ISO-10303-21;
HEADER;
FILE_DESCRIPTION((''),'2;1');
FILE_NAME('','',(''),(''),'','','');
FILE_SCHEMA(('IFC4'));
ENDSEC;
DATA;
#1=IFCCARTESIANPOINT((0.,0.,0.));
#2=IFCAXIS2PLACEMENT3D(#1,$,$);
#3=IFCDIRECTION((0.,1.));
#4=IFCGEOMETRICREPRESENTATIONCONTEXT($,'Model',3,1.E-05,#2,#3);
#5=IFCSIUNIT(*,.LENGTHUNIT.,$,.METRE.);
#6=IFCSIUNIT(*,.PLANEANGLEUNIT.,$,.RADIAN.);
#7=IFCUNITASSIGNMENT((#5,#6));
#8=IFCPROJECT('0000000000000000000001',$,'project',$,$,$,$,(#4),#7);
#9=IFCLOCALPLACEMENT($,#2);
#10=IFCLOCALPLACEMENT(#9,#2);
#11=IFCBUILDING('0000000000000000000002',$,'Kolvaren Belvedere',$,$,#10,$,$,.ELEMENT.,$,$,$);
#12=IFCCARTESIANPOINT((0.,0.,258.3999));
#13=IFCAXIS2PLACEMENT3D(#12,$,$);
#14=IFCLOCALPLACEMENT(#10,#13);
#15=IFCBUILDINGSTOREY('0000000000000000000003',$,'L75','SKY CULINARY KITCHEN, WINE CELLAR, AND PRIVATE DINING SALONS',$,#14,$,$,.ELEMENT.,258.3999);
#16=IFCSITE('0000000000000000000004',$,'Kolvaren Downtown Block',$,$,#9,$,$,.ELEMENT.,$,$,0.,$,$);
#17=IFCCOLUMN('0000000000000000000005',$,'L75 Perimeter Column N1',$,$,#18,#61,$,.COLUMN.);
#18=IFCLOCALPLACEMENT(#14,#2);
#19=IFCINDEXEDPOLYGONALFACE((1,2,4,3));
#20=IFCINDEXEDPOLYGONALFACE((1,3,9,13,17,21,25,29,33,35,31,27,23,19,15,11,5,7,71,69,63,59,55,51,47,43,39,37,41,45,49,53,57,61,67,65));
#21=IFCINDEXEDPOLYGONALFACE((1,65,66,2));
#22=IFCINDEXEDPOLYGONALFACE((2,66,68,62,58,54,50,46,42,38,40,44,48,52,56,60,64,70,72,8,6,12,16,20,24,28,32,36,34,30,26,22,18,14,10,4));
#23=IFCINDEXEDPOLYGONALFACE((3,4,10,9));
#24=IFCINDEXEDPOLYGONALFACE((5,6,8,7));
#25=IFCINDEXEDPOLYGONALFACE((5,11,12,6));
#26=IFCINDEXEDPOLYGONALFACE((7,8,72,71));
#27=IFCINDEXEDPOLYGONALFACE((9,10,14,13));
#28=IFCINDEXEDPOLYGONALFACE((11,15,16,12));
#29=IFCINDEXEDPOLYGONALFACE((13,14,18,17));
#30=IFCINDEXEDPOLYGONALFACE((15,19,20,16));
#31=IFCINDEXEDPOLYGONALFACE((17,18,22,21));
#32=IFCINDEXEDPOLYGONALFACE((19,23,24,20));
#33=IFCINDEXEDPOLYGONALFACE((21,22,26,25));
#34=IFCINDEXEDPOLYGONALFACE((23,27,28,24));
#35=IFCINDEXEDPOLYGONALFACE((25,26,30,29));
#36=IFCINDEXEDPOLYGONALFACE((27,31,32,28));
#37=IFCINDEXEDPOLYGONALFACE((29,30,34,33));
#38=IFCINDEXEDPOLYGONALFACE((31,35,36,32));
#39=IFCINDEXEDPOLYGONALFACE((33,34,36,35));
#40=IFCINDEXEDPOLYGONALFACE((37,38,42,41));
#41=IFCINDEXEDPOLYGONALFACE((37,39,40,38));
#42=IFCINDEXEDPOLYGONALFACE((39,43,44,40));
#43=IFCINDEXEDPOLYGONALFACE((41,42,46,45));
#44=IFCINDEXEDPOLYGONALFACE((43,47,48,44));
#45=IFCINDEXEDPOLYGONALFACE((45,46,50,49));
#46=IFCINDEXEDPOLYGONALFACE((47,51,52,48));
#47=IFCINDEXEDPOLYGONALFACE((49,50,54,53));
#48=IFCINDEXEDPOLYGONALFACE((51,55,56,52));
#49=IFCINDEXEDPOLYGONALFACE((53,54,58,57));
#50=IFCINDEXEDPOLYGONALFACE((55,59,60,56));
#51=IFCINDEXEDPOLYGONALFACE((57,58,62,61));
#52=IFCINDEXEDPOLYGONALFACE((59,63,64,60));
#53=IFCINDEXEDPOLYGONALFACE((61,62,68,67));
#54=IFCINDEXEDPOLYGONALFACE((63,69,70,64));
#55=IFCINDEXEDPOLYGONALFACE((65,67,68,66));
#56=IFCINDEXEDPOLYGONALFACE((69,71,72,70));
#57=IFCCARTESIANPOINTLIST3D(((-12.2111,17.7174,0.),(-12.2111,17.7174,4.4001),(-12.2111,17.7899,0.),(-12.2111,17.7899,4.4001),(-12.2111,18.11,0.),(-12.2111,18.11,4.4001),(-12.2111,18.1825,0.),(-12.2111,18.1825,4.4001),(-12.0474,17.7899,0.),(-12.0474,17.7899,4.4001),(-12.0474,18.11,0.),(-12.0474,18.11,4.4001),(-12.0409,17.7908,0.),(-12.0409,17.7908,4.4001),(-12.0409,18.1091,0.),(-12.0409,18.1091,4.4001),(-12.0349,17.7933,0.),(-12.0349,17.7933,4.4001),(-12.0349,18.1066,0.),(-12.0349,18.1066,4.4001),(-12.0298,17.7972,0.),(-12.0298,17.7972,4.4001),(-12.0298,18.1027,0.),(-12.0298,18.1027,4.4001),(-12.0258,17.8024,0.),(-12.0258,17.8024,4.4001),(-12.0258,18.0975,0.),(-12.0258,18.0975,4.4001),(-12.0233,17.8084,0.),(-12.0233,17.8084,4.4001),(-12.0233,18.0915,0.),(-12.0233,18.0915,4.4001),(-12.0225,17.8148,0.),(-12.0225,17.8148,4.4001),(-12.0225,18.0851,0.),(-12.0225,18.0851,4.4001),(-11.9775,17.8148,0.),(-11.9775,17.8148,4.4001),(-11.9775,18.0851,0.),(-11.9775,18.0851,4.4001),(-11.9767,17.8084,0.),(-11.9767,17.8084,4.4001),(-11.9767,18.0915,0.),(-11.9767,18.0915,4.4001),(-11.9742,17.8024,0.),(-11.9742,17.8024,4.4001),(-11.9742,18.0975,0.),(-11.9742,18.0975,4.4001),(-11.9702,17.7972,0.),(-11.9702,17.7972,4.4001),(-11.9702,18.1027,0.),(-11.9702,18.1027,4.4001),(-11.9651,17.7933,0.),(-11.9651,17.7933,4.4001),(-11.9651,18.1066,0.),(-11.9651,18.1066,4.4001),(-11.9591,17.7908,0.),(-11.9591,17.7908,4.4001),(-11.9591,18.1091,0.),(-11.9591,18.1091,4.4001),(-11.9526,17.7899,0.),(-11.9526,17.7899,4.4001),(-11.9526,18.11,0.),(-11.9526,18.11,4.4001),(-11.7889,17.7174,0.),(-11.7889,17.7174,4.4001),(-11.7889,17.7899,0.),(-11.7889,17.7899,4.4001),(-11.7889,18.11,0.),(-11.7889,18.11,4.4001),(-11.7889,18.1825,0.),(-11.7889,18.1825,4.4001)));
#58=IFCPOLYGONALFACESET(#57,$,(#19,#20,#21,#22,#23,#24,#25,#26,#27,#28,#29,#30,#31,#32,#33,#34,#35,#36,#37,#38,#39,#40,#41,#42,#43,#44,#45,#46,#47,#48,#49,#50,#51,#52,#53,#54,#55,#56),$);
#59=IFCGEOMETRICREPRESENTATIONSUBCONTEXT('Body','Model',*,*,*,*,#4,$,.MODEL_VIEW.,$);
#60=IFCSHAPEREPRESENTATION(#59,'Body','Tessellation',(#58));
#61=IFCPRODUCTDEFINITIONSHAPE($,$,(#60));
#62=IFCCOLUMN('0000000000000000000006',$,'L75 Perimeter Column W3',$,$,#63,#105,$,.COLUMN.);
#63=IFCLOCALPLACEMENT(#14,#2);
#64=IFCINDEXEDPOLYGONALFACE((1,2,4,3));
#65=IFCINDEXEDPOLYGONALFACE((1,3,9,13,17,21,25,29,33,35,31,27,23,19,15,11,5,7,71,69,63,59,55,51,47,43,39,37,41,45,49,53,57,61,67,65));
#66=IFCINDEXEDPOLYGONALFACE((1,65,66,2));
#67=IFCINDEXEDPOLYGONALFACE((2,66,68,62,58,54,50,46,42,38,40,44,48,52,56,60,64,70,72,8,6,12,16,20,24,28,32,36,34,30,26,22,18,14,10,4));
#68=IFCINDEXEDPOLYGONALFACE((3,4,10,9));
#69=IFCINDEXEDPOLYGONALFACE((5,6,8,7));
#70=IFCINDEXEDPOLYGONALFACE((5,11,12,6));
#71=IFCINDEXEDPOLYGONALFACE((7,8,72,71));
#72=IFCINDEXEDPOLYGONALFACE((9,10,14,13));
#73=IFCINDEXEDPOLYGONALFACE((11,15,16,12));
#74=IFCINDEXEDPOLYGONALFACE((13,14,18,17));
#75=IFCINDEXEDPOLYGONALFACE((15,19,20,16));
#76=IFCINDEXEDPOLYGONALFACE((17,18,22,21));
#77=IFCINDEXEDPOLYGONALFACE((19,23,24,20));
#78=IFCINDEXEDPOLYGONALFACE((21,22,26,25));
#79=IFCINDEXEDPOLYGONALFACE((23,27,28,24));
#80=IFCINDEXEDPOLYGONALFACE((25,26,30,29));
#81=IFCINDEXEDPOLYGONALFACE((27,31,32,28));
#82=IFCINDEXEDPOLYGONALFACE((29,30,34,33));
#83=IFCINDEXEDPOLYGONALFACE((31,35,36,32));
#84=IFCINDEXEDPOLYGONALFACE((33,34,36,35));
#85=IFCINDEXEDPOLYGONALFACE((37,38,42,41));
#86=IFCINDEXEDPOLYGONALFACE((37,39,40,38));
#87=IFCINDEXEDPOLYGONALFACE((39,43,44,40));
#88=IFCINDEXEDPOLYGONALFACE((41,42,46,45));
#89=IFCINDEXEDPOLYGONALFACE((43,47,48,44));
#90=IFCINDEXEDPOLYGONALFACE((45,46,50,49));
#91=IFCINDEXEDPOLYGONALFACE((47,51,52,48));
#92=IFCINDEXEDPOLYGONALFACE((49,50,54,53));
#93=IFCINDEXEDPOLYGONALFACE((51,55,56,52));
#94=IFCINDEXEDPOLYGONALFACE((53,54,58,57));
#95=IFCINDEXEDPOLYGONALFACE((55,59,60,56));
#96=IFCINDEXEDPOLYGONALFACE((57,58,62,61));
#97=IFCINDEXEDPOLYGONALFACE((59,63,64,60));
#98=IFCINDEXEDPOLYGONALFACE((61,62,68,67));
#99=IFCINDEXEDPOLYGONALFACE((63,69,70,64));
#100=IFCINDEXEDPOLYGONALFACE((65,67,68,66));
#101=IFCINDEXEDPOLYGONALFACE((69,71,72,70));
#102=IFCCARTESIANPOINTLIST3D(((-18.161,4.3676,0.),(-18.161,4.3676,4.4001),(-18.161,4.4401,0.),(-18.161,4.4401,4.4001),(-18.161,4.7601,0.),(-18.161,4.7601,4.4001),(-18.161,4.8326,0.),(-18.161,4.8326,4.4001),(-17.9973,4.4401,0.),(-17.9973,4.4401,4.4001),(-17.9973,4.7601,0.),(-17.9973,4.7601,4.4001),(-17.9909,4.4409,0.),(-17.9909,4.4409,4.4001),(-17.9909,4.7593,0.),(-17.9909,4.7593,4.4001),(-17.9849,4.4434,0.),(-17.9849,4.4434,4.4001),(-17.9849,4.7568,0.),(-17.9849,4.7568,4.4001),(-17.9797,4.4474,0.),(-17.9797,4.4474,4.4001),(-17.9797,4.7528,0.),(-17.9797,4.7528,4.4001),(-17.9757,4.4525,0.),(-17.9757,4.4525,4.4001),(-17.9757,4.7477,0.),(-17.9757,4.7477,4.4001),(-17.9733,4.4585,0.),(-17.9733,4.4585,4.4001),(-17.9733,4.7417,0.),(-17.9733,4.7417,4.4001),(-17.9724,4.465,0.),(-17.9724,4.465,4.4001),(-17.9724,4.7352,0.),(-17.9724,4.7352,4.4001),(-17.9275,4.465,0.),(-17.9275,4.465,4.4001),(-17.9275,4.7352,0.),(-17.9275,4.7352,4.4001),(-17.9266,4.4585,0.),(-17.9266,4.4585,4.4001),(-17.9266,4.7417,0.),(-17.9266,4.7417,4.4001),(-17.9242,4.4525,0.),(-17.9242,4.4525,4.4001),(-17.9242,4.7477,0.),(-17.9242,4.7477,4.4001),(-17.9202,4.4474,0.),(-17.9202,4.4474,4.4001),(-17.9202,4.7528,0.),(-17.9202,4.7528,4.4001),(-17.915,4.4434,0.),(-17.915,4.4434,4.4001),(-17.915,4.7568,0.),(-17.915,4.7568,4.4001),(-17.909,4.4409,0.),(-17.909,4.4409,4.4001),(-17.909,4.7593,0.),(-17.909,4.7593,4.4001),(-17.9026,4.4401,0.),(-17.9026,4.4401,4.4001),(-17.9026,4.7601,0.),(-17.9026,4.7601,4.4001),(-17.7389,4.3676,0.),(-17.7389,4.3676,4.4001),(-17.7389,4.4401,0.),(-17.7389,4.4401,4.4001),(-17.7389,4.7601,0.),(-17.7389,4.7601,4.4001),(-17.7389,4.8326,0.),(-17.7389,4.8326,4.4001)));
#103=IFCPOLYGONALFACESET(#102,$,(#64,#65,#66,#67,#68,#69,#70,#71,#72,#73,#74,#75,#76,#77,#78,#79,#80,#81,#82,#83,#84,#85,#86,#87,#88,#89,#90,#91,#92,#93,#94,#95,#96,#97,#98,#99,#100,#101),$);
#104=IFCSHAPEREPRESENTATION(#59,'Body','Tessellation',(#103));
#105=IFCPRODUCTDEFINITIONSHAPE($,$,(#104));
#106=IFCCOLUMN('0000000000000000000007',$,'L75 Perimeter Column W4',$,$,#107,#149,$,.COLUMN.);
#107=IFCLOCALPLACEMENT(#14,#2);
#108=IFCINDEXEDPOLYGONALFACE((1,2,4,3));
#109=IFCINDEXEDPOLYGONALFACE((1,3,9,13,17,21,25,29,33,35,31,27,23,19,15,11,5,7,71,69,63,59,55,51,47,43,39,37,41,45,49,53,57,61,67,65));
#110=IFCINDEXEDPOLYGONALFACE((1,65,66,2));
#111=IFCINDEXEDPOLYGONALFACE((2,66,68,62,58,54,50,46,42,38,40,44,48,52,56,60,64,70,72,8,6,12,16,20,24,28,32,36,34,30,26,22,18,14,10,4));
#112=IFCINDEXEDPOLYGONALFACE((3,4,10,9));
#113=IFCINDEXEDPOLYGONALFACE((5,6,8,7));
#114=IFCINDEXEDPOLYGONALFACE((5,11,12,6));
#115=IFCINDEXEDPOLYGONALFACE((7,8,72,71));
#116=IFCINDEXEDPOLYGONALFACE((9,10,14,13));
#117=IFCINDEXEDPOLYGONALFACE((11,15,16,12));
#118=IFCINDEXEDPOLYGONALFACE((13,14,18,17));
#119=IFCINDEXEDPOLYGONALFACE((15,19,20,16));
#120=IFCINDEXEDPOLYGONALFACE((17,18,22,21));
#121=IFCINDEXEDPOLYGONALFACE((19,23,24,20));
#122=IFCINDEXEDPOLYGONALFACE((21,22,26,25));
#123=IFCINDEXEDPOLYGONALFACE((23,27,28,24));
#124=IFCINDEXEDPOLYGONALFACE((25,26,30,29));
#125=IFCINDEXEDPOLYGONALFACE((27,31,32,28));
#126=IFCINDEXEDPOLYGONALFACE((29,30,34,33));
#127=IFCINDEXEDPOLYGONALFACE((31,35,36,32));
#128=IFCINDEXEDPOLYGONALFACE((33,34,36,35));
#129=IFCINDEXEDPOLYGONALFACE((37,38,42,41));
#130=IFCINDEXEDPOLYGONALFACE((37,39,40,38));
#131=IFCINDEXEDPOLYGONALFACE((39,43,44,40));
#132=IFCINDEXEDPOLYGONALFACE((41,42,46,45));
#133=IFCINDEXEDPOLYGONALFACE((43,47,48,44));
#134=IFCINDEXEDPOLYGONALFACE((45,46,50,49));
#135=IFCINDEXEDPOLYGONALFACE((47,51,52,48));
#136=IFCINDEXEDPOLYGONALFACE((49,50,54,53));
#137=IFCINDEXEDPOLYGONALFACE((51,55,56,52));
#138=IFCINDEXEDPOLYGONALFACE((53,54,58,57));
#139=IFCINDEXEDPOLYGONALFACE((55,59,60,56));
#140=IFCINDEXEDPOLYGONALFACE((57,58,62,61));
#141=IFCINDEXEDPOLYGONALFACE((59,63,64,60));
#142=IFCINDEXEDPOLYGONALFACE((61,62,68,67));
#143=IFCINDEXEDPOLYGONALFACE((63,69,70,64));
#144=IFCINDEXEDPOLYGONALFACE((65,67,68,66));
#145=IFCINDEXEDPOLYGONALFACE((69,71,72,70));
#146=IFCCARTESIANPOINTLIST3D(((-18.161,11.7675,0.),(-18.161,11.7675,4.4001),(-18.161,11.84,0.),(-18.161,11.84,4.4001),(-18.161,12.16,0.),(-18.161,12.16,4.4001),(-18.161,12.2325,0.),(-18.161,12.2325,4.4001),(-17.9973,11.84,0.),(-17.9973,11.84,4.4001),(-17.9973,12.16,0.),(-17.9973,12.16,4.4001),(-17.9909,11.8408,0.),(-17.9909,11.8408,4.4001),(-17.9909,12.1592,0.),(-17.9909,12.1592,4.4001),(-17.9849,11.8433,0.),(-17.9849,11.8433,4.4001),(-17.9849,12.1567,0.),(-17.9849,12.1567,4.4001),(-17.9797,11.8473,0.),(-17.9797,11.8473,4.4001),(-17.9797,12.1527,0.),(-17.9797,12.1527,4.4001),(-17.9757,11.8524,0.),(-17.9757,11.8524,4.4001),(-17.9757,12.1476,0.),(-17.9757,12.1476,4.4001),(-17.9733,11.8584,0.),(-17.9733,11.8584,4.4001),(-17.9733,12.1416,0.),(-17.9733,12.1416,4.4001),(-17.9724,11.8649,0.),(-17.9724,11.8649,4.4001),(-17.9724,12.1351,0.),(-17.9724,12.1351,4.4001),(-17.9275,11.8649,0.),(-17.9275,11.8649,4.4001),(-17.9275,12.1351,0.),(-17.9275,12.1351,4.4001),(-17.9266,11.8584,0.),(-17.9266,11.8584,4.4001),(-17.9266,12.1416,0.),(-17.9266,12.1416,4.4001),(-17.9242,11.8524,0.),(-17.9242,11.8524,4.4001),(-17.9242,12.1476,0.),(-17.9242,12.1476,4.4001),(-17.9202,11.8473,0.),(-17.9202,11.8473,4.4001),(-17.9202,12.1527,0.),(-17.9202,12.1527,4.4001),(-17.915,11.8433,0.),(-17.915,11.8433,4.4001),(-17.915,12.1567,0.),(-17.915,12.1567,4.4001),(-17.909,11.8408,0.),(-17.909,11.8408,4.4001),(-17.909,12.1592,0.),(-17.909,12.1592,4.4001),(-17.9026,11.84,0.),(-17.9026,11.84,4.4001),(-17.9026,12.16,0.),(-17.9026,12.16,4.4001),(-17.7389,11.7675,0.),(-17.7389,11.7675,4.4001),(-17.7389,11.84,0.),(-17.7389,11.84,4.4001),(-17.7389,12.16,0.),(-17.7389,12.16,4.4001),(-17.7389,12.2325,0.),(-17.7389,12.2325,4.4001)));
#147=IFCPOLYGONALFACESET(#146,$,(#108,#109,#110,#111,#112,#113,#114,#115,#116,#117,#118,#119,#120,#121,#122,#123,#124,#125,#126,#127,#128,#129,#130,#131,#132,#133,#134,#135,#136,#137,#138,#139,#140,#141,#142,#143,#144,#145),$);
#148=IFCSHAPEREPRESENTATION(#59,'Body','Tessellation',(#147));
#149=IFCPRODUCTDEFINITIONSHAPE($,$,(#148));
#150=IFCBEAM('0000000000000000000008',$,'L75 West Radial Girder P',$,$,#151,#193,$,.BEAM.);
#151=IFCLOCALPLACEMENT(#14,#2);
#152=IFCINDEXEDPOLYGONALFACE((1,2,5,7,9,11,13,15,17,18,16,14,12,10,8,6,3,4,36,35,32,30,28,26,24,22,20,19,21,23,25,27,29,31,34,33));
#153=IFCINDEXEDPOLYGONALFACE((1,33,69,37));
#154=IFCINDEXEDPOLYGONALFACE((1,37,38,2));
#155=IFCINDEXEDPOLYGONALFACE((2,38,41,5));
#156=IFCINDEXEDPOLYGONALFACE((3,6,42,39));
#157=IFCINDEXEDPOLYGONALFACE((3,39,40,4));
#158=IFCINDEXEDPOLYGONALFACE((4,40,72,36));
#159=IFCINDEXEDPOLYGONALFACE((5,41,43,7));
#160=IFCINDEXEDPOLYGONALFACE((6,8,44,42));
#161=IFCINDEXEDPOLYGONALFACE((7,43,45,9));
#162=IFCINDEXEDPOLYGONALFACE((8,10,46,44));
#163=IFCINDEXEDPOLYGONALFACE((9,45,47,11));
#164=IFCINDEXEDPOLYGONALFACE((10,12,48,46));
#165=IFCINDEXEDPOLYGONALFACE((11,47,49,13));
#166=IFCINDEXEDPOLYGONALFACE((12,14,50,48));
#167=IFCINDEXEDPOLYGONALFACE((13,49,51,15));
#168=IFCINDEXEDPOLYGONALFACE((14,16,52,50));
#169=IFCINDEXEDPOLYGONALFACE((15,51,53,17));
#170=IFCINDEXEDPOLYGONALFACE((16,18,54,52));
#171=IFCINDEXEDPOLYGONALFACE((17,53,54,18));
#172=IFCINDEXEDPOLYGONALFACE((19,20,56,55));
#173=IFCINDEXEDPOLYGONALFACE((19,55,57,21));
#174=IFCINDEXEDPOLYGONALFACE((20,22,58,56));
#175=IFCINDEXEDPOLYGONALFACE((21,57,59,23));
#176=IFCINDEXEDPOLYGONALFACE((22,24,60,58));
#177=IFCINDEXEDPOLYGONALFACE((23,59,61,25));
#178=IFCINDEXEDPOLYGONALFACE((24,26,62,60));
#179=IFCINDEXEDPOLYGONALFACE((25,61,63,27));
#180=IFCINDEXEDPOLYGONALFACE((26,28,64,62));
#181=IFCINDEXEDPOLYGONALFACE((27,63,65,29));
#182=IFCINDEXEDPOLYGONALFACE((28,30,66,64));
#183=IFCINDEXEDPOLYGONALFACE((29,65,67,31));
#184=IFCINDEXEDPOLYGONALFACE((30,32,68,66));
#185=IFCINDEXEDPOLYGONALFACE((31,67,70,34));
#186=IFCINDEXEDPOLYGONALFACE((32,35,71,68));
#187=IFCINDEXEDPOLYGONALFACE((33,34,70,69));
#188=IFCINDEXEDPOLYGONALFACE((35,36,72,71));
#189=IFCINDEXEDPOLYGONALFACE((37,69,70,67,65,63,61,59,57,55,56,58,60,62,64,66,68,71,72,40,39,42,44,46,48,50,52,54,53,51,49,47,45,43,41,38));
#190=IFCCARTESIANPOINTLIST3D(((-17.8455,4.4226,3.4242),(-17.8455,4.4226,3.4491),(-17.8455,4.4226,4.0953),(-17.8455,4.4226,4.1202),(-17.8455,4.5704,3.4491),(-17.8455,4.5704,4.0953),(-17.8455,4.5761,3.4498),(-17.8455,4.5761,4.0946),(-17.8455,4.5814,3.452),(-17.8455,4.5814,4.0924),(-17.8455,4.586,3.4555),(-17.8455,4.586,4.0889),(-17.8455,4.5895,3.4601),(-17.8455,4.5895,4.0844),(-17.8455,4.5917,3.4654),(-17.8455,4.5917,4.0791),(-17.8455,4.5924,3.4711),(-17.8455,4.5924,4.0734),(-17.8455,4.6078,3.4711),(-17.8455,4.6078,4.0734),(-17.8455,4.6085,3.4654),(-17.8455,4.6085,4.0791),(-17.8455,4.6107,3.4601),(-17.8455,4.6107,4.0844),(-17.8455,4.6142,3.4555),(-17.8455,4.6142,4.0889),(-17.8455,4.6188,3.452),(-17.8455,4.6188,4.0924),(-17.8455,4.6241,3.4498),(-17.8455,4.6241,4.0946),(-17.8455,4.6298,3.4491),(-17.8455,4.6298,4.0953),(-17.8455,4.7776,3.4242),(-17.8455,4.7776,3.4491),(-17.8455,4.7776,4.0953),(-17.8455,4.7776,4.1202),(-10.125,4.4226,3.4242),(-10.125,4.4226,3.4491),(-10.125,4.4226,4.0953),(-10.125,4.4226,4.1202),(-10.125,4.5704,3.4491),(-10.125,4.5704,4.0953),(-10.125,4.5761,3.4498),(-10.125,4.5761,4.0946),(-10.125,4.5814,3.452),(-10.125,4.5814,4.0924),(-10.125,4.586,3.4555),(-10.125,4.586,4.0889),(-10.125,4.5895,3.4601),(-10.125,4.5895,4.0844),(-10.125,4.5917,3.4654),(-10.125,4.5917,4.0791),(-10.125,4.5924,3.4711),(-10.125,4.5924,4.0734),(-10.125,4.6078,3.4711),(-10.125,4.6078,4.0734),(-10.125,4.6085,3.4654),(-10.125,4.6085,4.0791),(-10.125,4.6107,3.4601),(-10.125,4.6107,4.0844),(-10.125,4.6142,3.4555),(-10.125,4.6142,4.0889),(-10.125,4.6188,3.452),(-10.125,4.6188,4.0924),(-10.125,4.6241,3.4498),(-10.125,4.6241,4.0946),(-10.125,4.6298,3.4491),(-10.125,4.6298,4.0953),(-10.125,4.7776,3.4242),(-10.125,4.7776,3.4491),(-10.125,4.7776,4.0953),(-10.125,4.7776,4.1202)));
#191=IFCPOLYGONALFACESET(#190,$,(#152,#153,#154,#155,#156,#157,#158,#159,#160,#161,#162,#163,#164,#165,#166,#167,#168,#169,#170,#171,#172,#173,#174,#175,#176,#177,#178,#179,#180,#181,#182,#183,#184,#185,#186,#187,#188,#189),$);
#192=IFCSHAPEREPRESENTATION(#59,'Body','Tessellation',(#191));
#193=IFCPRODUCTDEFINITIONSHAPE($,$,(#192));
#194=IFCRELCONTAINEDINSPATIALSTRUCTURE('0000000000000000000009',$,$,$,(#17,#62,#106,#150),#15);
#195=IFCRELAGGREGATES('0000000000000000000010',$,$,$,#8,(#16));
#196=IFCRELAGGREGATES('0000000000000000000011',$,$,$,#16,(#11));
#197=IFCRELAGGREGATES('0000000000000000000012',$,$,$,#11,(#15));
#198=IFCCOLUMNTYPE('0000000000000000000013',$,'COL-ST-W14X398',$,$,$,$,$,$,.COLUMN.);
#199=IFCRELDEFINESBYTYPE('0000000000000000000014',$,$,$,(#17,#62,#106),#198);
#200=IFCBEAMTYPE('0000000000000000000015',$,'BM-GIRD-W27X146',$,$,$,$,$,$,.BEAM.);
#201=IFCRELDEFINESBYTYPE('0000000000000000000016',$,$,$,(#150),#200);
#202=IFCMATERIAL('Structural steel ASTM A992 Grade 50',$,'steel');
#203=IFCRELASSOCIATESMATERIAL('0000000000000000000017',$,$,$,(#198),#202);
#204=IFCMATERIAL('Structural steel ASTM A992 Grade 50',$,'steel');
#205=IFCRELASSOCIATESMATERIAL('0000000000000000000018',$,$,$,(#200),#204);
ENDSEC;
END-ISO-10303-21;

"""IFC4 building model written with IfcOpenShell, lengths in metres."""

from ifc_helpers import new_model, si_unit, direction, frame, origin, origin_2d, place, context, subcontext, project, spatial, i_section, extrude, material, material_profile, profile_set, type_object, element, save


model = new_model("IFC4")

# Units and contexts
model_context = context("Model", 3, precision=1e-05, world=origin(), true_north=direction((0.0, 1.0)))
body_context = subcontext(model_context, "Body", "Model", "MODEL_VIEW")
ifc_project = project(units=[si_unit("LENGTHUNIT", "METRE"), si_unit("PLANEANGLEUNIT", "RADIAN")], contexts=[model_context])

# Site, building, storey
site_placement = place(None, origin())
site = spatial("IfcSite", under=ifc_project, at=site_placement, Name="Kolvaren Downtown Block", CompositionType="ELEMENT", RefElevation=0.0)
building_placement = place(site_placement, origin())
building = spatial("IfcBuilding", under=site, at=building_placement, Name="Kolvaren Belvedere", CompositionType="ELEMENT")
storey_placement = place(building_placement, frame((0.0, 0.0, 258.3999)))
storey = spatial("IfcBuildingStorey", under=building, at=storey_placement, Name="L75", Description="SKY CULINARY KITCHEN, WINE CELLAR, AND PRIVATE DINING SALONS", CompositionType="ELEMENT", Elevation=258.3999)

# Columns
ifc_material_1 = material(Name="Structural steel ASTM A992 Grade 50", Category="steel")
ifc_material_profile_1 = material_profile(ifc_material_1, i_section(OverallWidth=0.4221, OverallDepth=0.4651, WebThickness=0.0449, FlangeThickness=0.0725, FilletRadius=0.0249, at=origin_2d()), Name="W14X398")
ifc_profile_set_1 = profile_set([ifc_material_profile_1], Name="Structural steel ASTM A992 Grade 50")
column_type = type_object("IfcColumnType", Name="COL-ST-W14X398", PredefinedType="COLUMN", material=ifc_profile_set_1)
for number, where, z_axis, x_axis, name in (
    (1, (-12.0, 17.95, 0.0), (0.0, 0.0, 1.0), (1.0, 0.0, 0.0), "L75 Perimeter Column N1"),
    (2, (-17.95, 4.6001, 0.0), (0.0, 0.0, 1.0), (1.0, 0.0, 0.0), "L75 Perimeter Column W3"),
    (3, (-17.95, 12.0, 0.0), (0.0, 0.0, 1.0), (1.0, 0.0, 0.0), "L75 Perimeter Column W4"),
):
    element("IfcColumn", number, at=place(storey_placement, frame(where, z_axis=z_axis, x_axis=x_axis)), inside=storey, type_object=column_type, Name=name, PredefinedType="COLUMN", context=body_context, shape_type="SweptSolid", body=[
        extrude(i_section(OverallWidth=0.4221, OverallDepth=0.4651, WebThickness=0.0449, FlangeThickness=0.0725, FilletRadius=0.0249, at=origin_2d()), origin(), (0.0, 0.0, 1.0), 4.4001),
    ])

# Beam
ifc_material_2 = material(Name="Structural steel ASTM A992 Grade 50", Category="steel")
ifc_material_profile_2 = material_profile(ifc_material_2, i_section(OverallWidth=0.355, OverallDepth=0.696, WebThickness=0.0154, FlangeThickness=0.0249, FilletRadius=0.022, at=origin_2d()), Name="W27X146")
ifc_profile_set_2 = profile_set([ifc_material_profile_2], Name="Structural steel ASTM A992 Grade 50")
beam_type_1 = type_object("IfcBeamType", Name="BM-GIRD-W27X146", PredefinedType="BEAM", material=ifc_profile_set_2)
beam_1_placement = place(storey_placement, frame((-10.125, 4.6001, 3.7722), z_axis=(-1.0, 0.0, 0.0), x_axis=(0.0, -1.0, 0.0)))
element("IfcBeam", 4, at=beam_1_placement, inside=storey, type_object=beam_type_1, Name="L75 West Radial Girder P", PredefinedType="BEAM", context=body_context, shape_type="SweptSolid", body=[
    extrude(i_section(OverallWidth=0.355, OverallDepth=0.696, WebThickness=0.0154, FlangeThickness=0.0249, FilletRadius=0.022, at=origin_2d()), origin(), (0.0, 0.0, 1.0), 7.7205),
])

save(model, "model.ifc")
